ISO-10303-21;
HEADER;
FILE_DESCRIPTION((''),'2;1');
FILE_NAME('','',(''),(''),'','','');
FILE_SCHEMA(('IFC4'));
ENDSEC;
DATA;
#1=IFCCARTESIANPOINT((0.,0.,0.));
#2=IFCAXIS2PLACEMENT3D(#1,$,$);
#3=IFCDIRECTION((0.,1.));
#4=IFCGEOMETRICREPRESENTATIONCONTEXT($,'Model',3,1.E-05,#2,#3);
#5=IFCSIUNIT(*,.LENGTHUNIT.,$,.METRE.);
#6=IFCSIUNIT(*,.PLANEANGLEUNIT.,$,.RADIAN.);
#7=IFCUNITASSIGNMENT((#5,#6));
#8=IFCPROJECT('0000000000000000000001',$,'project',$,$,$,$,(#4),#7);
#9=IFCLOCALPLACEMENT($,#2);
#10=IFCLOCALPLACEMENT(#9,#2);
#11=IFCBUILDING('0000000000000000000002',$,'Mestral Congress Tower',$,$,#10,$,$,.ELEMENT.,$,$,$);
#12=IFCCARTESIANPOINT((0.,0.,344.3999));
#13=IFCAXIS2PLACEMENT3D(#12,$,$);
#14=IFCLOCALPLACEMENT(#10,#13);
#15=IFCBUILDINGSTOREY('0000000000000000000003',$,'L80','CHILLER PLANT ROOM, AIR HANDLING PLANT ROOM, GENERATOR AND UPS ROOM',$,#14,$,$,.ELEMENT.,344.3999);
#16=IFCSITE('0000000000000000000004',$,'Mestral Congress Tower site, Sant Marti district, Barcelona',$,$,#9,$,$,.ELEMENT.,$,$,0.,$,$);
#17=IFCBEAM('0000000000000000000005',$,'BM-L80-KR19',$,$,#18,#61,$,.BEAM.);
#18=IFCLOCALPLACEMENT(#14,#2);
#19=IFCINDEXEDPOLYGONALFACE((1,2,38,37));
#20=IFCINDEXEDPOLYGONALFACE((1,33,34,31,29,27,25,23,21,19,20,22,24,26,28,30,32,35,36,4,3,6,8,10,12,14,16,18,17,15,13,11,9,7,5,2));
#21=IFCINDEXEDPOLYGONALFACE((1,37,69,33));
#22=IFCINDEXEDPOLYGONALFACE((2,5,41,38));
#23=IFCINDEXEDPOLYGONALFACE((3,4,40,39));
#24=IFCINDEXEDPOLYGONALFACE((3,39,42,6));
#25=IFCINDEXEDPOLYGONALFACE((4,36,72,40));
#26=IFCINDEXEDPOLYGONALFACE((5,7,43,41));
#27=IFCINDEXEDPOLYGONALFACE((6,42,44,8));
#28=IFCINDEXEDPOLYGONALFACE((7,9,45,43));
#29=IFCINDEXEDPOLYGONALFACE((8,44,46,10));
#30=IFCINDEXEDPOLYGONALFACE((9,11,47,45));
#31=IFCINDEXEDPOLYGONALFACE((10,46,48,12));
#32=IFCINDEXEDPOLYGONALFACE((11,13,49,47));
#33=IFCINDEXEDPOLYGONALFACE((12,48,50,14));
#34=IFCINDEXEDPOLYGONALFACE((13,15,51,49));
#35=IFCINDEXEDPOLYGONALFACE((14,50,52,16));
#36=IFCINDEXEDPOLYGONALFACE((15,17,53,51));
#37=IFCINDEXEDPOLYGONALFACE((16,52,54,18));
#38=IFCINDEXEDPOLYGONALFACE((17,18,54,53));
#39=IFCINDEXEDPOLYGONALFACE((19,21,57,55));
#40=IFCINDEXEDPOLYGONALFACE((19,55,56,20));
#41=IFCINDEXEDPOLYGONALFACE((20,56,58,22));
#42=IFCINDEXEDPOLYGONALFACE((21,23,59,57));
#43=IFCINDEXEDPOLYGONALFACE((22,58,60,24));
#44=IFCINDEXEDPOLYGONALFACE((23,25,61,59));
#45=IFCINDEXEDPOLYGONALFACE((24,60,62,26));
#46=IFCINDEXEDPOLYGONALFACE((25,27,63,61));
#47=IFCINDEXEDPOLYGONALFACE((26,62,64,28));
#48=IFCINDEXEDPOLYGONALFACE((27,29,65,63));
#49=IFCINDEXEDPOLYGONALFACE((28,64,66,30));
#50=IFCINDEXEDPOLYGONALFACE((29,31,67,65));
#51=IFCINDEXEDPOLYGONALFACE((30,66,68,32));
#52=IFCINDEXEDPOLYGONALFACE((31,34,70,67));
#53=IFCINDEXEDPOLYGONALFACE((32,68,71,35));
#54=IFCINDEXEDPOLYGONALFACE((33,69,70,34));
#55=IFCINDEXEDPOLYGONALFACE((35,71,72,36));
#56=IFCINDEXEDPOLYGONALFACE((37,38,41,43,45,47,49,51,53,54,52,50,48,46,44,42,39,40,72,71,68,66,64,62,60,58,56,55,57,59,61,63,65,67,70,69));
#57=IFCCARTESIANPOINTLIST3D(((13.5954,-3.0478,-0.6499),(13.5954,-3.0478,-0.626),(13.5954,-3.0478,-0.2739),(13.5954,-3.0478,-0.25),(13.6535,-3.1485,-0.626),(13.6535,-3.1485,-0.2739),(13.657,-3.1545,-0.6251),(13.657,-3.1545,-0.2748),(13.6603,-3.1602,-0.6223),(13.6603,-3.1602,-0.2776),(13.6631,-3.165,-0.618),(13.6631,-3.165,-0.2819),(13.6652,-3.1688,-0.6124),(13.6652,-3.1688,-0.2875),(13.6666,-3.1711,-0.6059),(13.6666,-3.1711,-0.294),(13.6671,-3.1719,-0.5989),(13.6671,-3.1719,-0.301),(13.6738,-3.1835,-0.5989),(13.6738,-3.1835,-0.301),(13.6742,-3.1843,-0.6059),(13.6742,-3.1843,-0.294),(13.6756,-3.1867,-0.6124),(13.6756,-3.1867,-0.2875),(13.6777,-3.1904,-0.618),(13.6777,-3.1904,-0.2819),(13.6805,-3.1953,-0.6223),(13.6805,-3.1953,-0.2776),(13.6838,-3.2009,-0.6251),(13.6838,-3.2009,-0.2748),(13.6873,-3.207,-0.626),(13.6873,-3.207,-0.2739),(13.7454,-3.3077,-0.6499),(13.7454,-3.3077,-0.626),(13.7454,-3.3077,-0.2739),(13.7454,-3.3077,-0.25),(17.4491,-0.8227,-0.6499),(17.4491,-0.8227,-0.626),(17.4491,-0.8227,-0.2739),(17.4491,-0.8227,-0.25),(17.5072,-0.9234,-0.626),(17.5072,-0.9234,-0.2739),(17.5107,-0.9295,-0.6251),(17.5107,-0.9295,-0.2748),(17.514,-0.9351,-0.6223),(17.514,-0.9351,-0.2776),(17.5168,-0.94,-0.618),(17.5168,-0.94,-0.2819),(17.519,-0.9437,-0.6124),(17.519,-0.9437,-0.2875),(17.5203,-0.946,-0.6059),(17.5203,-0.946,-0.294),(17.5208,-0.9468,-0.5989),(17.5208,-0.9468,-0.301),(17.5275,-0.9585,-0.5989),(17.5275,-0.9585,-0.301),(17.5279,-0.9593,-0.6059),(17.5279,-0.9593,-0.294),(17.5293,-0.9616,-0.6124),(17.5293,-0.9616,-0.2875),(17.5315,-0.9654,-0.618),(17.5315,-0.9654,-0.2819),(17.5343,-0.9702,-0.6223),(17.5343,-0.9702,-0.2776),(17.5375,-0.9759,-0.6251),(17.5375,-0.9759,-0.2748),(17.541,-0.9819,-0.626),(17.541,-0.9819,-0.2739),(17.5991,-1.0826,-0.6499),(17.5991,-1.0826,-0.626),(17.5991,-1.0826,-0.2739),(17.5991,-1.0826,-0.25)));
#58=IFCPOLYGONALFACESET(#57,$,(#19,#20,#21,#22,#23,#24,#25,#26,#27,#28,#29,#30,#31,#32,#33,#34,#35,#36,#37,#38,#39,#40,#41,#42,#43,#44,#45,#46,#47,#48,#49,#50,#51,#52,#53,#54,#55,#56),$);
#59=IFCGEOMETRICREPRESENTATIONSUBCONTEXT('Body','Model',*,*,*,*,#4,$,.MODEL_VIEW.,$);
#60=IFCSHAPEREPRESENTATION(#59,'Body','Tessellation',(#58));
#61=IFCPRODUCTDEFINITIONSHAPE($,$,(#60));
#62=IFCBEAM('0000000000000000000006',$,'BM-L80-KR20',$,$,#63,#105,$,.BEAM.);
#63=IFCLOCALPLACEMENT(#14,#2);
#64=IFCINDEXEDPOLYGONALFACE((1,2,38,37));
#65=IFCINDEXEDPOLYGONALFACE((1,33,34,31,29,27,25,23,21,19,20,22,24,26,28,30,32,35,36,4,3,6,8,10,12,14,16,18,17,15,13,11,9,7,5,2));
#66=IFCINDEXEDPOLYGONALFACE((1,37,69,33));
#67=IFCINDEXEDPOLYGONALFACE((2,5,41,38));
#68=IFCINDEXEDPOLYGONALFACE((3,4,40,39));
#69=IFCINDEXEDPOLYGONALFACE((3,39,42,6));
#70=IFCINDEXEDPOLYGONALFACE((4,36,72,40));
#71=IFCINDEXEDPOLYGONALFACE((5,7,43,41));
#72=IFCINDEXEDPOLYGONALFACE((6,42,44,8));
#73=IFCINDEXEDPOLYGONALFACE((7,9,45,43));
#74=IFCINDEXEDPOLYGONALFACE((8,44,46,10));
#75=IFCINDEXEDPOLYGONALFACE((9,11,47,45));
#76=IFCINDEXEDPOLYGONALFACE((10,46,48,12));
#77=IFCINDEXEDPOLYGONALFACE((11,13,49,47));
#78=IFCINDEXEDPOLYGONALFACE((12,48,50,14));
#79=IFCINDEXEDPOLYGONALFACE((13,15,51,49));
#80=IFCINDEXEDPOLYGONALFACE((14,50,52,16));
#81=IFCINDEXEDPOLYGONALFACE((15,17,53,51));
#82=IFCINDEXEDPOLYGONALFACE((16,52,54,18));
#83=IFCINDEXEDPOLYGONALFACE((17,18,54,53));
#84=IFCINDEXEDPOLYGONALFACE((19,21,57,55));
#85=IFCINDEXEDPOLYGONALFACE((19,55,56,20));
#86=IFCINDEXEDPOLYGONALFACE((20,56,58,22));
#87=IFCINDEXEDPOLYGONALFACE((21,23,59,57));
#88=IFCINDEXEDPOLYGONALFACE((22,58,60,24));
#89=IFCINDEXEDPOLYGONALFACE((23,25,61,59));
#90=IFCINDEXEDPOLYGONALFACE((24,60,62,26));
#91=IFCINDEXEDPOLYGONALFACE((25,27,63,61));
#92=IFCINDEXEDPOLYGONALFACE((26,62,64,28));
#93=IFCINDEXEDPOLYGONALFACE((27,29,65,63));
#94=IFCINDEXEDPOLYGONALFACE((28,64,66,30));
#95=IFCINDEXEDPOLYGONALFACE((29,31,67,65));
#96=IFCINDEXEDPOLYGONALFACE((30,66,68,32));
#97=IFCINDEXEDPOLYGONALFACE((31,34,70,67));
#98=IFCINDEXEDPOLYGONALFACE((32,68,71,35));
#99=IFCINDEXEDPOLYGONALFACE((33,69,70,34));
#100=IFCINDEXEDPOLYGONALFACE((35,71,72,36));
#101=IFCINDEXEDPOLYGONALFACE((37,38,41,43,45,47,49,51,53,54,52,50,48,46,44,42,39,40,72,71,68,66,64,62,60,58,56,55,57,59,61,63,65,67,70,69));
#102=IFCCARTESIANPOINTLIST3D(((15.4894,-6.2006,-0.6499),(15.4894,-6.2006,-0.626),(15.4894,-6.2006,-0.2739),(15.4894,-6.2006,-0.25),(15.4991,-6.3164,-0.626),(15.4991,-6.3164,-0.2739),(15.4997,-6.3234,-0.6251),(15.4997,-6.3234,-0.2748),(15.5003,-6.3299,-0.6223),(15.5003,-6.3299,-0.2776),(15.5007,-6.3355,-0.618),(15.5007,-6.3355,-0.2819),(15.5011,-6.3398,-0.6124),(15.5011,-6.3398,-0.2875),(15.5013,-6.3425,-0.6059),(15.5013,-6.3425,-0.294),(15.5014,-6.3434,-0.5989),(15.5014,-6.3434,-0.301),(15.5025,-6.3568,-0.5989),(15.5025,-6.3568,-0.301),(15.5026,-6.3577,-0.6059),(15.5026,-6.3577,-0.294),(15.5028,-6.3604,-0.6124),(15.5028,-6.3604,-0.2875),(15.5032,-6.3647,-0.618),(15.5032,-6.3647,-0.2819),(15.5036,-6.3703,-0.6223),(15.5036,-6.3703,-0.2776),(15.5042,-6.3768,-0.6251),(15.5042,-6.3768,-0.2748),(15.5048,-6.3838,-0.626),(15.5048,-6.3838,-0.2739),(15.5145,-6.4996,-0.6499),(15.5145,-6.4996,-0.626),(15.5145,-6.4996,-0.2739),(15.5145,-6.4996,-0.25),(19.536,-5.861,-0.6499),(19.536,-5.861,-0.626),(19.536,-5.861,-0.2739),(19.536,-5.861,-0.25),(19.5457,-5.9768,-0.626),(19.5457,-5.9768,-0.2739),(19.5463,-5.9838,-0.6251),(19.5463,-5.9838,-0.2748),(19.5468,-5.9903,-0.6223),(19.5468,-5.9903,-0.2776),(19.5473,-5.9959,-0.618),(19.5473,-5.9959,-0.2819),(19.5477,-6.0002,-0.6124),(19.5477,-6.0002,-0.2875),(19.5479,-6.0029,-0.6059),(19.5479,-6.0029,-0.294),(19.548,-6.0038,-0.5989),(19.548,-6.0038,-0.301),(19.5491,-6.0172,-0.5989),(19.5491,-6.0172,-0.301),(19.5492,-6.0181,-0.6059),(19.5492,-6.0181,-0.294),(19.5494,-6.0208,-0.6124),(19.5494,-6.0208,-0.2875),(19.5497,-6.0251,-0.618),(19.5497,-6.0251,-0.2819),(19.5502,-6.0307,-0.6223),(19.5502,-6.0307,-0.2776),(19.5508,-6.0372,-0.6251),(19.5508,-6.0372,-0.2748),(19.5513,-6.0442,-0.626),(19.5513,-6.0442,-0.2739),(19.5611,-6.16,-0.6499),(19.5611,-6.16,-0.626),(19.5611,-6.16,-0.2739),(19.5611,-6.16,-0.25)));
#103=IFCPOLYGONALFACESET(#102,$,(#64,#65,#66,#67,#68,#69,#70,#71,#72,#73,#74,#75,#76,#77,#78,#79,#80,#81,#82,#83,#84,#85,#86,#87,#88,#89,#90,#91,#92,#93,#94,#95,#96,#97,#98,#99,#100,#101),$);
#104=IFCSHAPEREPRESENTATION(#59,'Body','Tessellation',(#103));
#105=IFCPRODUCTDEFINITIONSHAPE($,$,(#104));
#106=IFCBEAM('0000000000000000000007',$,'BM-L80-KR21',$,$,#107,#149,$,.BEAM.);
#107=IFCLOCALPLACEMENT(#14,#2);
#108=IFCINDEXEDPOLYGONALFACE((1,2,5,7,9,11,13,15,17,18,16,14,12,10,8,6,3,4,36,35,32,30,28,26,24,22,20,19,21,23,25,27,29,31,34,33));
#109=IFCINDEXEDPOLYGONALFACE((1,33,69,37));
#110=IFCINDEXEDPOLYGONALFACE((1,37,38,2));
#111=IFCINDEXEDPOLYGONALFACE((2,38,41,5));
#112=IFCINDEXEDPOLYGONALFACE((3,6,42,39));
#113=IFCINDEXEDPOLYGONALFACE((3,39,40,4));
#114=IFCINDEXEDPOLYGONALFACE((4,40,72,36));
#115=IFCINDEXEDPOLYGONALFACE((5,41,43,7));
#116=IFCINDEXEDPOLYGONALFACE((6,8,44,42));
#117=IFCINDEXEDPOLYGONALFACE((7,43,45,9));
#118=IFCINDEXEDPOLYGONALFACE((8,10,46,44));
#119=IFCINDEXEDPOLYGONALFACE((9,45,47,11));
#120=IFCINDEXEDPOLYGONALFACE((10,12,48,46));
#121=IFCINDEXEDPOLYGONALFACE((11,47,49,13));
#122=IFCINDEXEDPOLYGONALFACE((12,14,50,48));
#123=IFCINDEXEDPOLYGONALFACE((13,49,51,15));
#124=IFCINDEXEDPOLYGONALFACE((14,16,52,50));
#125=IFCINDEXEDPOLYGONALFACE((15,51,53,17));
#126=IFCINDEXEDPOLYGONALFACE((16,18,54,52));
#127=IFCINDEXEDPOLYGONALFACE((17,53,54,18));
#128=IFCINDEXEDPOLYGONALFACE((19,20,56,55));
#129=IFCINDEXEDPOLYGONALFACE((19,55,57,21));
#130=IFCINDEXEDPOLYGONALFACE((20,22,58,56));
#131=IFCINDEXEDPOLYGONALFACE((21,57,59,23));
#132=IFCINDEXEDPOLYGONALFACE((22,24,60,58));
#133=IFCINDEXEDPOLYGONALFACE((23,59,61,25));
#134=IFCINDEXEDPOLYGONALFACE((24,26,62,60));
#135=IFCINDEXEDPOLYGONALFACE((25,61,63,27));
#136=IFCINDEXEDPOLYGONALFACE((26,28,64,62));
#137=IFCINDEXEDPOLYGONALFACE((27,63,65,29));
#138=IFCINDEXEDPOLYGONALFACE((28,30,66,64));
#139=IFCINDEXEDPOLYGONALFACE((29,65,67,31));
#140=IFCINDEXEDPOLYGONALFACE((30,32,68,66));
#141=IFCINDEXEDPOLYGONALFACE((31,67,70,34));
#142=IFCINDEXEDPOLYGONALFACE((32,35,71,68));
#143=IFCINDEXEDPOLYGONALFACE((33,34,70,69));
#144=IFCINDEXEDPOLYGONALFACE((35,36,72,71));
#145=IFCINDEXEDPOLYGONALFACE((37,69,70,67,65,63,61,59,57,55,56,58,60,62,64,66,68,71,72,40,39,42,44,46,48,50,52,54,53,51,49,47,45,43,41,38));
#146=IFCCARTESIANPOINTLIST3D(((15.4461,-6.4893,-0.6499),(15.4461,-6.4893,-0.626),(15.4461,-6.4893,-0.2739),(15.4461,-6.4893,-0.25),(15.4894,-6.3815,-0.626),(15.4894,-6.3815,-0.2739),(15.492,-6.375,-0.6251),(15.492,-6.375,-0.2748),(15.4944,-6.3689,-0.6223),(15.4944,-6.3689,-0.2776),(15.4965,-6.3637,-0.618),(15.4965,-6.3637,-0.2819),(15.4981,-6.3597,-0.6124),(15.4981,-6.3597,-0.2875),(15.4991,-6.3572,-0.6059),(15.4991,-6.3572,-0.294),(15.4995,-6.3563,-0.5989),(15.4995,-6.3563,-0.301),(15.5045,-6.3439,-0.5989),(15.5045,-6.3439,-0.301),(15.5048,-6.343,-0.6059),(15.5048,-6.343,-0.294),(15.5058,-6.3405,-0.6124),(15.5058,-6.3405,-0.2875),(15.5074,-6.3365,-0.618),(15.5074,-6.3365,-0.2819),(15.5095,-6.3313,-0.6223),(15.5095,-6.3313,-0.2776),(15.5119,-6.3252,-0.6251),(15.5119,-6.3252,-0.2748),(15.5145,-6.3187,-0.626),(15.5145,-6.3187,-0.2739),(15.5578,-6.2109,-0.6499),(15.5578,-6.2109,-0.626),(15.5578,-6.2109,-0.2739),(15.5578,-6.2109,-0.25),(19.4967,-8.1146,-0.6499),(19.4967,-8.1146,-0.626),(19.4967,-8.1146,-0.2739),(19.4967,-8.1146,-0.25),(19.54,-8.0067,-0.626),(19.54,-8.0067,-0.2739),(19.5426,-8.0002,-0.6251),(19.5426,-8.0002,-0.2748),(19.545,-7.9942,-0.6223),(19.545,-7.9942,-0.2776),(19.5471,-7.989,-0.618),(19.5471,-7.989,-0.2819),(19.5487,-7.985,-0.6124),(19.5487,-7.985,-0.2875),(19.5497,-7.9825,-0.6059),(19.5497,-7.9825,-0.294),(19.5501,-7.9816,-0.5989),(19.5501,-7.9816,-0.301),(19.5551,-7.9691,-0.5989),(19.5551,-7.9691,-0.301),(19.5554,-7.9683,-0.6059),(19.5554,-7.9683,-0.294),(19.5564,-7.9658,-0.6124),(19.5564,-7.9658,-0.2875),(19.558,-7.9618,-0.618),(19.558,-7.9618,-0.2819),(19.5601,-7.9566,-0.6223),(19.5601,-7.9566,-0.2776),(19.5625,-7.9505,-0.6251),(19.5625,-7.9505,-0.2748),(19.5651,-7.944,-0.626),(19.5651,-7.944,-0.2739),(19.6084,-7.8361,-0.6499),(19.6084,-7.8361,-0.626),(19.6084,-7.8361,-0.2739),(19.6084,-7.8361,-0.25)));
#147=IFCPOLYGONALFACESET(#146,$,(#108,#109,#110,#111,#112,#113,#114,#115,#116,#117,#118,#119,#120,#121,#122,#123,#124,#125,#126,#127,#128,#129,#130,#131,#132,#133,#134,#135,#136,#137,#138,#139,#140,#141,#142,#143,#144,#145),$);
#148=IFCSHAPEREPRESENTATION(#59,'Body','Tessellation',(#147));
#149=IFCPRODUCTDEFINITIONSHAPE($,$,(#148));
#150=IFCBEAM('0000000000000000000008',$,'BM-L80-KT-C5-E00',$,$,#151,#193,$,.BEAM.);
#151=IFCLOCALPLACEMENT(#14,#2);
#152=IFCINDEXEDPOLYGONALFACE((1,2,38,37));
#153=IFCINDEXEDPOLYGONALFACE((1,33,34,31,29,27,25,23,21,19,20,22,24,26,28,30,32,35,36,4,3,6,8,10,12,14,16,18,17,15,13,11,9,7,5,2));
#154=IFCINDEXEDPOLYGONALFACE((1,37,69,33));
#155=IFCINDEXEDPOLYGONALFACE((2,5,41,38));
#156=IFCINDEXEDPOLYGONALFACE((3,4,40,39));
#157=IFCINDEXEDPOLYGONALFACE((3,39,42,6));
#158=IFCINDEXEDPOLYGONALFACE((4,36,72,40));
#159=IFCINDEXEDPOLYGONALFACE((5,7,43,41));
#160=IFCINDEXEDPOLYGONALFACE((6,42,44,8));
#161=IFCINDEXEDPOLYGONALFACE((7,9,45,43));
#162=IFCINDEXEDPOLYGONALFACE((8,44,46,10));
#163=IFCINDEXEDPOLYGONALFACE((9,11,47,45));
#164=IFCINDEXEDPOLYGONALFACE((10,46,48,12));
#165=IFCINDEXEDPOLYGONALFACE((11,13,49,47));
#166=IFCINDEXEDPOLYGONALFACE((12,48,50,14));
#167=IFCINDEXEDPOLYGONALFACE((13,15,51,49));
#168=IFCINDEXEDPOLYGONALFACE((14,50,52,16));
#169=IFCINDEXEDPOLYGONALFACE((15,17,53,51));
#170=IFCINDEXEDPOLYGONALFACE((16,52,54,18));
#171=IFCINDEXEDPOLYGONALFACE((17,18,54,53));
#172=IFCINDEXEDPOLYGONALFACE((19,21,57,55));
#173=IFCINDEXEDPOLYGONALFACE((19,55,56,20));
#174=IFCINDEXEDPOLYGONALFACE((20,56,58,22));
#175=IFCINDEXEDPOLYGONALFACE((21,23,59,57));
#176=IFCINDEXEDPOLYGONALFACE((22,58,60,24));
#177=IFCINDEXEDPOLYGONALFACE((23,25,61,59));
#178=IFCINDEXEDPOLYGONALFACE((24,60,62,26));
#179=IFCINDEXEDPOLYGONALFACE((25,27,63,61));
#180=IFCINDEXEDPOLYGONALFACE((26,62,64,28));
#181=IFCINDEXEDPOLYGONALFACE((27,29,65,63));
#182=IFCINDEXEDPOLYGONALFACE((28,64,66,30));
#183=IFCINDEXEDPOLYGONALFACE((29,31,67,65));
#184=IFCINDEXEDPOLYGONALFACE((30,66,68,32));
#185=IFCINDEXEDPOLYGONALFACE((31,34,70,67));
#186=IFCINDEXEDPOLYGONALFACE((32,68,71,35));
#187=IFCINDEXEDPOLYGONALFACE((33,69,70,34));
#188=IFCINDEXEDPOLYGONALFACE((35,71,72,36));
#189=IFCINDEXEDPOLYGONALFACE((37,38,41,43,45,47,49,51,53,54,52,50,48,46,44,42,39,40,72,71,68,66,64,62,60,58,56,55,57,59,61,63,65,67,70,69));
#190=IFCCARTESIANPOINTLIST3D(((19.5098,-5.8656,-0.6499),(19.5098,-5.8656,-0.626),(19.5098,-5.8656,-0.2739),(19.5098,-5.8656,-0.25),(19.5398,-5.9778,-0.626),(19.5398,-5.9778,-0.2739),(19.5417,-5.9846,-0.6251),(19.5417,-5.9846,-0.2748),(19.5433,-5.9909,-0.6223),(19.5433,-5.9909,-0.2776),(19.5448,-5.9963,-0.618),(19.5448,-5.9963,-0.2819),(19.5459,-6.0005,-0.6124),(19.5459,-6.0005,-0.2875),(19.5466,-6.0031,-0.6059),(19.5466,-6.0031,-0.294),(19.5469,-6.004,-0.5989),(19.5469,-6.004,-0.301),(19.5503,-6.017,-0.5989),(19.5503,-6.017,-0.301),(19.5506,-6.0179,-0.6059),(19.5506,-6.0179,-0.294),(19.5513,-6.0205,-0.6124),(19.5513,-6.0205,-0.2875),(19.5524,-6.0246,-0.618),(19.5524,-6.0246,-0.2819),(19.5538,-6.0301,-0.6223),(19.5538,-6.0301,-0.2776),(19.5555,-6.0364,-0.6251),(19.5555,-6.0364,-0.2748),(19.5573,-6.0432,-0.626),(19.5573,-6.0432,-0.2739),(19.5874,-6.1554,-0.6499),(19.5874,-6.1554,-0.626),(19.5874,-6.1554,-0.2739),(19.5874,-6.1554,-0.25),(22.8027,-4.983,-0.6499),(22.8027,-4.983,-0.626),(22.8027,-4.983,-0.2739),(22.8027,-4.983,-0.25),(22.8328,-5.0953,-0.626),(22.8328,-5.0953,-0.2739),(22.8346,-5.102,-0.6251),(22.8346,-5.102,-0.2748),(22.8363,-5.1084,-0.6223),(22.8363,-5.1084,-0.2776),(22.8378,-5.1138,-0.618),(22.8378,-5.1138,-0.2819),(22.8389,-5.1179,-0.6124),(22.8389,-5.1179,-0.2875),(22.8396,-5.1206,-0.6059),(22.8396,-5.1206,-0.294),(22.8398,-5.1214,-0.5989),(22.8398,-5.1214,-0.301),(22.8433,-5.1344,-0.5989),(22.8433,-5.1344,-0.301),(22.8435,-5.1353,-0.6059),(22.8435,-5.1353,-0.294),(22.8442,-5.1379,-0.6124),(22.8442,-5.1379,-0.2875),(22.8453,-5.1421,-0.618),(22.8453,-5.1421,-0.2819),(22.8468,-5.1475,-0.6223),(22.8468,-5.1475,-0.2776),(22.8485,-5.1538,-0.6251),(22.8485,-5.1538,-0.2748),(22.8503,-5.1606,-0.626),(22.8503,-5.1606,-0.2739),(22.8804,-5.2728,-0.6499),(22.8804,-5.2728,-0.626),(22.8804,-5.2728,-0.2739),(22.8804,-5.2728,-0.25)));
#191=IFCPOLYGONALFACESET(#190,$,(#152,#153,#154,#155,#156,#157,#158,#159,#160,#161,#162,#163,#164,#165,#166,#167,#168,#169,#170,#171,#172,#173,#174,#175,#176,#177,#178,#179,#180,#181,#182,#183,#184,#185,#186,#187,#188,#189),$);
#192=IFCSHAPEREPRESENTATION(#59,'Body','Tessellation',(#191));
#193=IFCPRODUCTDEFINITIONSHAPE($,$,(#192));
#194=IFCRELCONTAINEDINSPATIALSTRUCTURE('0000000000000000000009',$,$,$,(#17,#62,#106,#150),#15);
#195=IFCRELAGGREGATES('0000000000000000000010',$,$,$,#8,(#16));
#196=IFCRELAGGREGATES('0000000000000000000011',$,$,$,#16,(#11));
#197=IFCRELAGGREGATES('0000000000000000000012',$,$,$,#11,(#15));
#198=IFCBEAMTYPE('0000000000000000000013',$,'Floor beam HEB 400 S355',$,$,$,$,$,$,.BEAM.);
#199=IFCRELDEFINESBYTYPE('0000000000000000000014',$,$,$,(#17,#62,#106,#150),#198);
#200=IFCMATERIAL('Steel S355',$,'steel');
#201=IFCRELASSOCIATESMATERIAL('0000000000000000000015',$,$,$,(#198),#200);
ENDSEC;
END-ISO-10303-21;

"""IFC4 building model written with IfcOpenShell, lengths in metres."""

from ifc_helpers import new_model, si_unit, direction, frame, origin, origin_2d, place, context, subcontext, project, spatial, i_section, extrude, material, material_profile, profile_set, type_object, element, save


model = new_model("IFC4")

# Units and contexts
model_context = context("Model", 3, precision=1e-05, world=origin(), true_north=direction((0.0, 1.0)))
body_context = subcontext(model_context, "Body", "Model", "MODEL_VIEW")
ifc_project = project(units=[si_unit("LENGTHUNIT", "METRE"), si_unit("PLANEANGLEUNIT", "RADIAN")], contexts=[model_context])

# Site, building, storey
site_placement = place(None, origin())
site = spatial("IfcSite", under=ifc_project, at=site_placement, Name="Mestral Congress Tower site, Sant Marti district, Barcelona", CompositionType="ELEMENT", RefElevation=0.0)
building_placement = place(site_placement, origin())
building = spatial("IfcBuilding", under=site, at=building_placement, Name="Mestral Congress Tower", CompositionType="ELEMENT")
storey_placement = place(building_placement, frame((0.0, 0.0, 344.3999)))
storey = spatial("IfcBuildingStorey", under=building, at=storey_placement, Name="L80", Description="CHILLER PLANT ROOM, AIR HANDLING PLANT ROOM, GENERATOR AND UPS ROOM", CompositionType="ELEMENT", Elevation=344.3999)

# Shared definitions
ifc_material_1 = material(Name="Steel S355", Category="steel")

# Beams
ifc_material_profile_1 = material_profile(ifc_material_1, i_section(OverallWidth=0.3, OverallDepth=0.3999, WebThickness=0.0134, FlangeThickness=0.0239, FilletRadius=0.0271, at=origin_2d()), Name="HEB 400")
ifc_profile_set_1 = profile_set([ifc_material_profile_1], Name="Steel S355")
beam_type_1 = type_object("IfcBeamType", Name="Floor beam HEB 400 S355", PredefinedType="BEAM", material=ifc_profile_set_1)
beam_1_placement = place(storey_placement, frame((13.6704, -3.1777, -0.45), z_axis=(0.866013, 0.500022, 0.0), x_axis=(-0.500022, 0.866013, 0.0)))
element("IfcBeam", 1, at=beam_1_placement, inside=storey, type_object=beam_type_1, Name="BM-L80-KR19", PredefinedType="BEAM", context=body_context, shape_type="SweptSolid", body=[
    extrude(i_section(OverallWidth=0.3, OverallDepth=0.3999, WebThickness=0.0134, FlangeThickness=0.0239, FilletRadius=0.0271, at=origin_2d()), origin(), (0.0, 0.0, 1.0), 4.45),
])
beam_2_placement = place(storey_placement, frame((15.502, -6.3501, -0.45), z_axis=(0.996497, 0.083628, 0.0), x_axis=(-0.083628, 0.996497, 0.0)))
element("IfcBeam", 2, at=beam_2_placement, inside=storey, type_object=beam_type_1, Name="BM-L80-KR20", PredefinedType="BEAM", context=body_context, shape_type="SweptSolid", body=[
    extrude(i_section(OverallWidth=0.3, OverallDepth=0.3999, WebThickness=0.0134, FlangeThickness=0.0239, FilletRadius=0.0271, at=origin_2d()), origin(), (0.0, 0.0, 1.0), 4.0608),
])
beam_3_placement = place(storey_placement, frame((15.502, -6.3501, -0.45), z_axis=(0.928079, -0.372384, 0.0), x_axis=(0.372384, 0.928079, 0.0)))
element("IfcBeam", 3, at=beam_3_placement, inside=storey, type_object=beam_type_1, Name="BM-L80-KR21", PredefinedType="BEAM", context=body_context, shape_type="SweptSolid", body=[
    extrude(i_section(OverallWidth=0.3, OverallDepth=0.3999, WebThickness=0.0134, FlangeThickness=0.0239, FilletRadius=0.0271, at=origin_2d()), origin(), (0.0, 0.0, 1.0), 4.3645),
])
beam_4_placement = place(storey_placement, frame((22.8416, -5.1279, -0.45), z_axis=(-0.96591, -0.258879, 0.0), x_axis=(0.258879, -0.96591, 0.0)))
element("IfcBeam", 4, at=beam_4_placement, inside=storey, type_object=beam_type_1, Name="BM-L80-KT-C5-E00", PredefinedType="BEAM", context=body_context, shape_type="SweptSolid", body=[
    extrude(i_section(OverallWidth=0.3, OverallDepth=0.3999, WebThickness=0.0134, FlangeThickness=0.0239, FilletRadius=0.0271, at=origin_2d()), origin(), (0.0, 0.0, 1.0), 3.4092),
])

save(model, "model.ifc")
